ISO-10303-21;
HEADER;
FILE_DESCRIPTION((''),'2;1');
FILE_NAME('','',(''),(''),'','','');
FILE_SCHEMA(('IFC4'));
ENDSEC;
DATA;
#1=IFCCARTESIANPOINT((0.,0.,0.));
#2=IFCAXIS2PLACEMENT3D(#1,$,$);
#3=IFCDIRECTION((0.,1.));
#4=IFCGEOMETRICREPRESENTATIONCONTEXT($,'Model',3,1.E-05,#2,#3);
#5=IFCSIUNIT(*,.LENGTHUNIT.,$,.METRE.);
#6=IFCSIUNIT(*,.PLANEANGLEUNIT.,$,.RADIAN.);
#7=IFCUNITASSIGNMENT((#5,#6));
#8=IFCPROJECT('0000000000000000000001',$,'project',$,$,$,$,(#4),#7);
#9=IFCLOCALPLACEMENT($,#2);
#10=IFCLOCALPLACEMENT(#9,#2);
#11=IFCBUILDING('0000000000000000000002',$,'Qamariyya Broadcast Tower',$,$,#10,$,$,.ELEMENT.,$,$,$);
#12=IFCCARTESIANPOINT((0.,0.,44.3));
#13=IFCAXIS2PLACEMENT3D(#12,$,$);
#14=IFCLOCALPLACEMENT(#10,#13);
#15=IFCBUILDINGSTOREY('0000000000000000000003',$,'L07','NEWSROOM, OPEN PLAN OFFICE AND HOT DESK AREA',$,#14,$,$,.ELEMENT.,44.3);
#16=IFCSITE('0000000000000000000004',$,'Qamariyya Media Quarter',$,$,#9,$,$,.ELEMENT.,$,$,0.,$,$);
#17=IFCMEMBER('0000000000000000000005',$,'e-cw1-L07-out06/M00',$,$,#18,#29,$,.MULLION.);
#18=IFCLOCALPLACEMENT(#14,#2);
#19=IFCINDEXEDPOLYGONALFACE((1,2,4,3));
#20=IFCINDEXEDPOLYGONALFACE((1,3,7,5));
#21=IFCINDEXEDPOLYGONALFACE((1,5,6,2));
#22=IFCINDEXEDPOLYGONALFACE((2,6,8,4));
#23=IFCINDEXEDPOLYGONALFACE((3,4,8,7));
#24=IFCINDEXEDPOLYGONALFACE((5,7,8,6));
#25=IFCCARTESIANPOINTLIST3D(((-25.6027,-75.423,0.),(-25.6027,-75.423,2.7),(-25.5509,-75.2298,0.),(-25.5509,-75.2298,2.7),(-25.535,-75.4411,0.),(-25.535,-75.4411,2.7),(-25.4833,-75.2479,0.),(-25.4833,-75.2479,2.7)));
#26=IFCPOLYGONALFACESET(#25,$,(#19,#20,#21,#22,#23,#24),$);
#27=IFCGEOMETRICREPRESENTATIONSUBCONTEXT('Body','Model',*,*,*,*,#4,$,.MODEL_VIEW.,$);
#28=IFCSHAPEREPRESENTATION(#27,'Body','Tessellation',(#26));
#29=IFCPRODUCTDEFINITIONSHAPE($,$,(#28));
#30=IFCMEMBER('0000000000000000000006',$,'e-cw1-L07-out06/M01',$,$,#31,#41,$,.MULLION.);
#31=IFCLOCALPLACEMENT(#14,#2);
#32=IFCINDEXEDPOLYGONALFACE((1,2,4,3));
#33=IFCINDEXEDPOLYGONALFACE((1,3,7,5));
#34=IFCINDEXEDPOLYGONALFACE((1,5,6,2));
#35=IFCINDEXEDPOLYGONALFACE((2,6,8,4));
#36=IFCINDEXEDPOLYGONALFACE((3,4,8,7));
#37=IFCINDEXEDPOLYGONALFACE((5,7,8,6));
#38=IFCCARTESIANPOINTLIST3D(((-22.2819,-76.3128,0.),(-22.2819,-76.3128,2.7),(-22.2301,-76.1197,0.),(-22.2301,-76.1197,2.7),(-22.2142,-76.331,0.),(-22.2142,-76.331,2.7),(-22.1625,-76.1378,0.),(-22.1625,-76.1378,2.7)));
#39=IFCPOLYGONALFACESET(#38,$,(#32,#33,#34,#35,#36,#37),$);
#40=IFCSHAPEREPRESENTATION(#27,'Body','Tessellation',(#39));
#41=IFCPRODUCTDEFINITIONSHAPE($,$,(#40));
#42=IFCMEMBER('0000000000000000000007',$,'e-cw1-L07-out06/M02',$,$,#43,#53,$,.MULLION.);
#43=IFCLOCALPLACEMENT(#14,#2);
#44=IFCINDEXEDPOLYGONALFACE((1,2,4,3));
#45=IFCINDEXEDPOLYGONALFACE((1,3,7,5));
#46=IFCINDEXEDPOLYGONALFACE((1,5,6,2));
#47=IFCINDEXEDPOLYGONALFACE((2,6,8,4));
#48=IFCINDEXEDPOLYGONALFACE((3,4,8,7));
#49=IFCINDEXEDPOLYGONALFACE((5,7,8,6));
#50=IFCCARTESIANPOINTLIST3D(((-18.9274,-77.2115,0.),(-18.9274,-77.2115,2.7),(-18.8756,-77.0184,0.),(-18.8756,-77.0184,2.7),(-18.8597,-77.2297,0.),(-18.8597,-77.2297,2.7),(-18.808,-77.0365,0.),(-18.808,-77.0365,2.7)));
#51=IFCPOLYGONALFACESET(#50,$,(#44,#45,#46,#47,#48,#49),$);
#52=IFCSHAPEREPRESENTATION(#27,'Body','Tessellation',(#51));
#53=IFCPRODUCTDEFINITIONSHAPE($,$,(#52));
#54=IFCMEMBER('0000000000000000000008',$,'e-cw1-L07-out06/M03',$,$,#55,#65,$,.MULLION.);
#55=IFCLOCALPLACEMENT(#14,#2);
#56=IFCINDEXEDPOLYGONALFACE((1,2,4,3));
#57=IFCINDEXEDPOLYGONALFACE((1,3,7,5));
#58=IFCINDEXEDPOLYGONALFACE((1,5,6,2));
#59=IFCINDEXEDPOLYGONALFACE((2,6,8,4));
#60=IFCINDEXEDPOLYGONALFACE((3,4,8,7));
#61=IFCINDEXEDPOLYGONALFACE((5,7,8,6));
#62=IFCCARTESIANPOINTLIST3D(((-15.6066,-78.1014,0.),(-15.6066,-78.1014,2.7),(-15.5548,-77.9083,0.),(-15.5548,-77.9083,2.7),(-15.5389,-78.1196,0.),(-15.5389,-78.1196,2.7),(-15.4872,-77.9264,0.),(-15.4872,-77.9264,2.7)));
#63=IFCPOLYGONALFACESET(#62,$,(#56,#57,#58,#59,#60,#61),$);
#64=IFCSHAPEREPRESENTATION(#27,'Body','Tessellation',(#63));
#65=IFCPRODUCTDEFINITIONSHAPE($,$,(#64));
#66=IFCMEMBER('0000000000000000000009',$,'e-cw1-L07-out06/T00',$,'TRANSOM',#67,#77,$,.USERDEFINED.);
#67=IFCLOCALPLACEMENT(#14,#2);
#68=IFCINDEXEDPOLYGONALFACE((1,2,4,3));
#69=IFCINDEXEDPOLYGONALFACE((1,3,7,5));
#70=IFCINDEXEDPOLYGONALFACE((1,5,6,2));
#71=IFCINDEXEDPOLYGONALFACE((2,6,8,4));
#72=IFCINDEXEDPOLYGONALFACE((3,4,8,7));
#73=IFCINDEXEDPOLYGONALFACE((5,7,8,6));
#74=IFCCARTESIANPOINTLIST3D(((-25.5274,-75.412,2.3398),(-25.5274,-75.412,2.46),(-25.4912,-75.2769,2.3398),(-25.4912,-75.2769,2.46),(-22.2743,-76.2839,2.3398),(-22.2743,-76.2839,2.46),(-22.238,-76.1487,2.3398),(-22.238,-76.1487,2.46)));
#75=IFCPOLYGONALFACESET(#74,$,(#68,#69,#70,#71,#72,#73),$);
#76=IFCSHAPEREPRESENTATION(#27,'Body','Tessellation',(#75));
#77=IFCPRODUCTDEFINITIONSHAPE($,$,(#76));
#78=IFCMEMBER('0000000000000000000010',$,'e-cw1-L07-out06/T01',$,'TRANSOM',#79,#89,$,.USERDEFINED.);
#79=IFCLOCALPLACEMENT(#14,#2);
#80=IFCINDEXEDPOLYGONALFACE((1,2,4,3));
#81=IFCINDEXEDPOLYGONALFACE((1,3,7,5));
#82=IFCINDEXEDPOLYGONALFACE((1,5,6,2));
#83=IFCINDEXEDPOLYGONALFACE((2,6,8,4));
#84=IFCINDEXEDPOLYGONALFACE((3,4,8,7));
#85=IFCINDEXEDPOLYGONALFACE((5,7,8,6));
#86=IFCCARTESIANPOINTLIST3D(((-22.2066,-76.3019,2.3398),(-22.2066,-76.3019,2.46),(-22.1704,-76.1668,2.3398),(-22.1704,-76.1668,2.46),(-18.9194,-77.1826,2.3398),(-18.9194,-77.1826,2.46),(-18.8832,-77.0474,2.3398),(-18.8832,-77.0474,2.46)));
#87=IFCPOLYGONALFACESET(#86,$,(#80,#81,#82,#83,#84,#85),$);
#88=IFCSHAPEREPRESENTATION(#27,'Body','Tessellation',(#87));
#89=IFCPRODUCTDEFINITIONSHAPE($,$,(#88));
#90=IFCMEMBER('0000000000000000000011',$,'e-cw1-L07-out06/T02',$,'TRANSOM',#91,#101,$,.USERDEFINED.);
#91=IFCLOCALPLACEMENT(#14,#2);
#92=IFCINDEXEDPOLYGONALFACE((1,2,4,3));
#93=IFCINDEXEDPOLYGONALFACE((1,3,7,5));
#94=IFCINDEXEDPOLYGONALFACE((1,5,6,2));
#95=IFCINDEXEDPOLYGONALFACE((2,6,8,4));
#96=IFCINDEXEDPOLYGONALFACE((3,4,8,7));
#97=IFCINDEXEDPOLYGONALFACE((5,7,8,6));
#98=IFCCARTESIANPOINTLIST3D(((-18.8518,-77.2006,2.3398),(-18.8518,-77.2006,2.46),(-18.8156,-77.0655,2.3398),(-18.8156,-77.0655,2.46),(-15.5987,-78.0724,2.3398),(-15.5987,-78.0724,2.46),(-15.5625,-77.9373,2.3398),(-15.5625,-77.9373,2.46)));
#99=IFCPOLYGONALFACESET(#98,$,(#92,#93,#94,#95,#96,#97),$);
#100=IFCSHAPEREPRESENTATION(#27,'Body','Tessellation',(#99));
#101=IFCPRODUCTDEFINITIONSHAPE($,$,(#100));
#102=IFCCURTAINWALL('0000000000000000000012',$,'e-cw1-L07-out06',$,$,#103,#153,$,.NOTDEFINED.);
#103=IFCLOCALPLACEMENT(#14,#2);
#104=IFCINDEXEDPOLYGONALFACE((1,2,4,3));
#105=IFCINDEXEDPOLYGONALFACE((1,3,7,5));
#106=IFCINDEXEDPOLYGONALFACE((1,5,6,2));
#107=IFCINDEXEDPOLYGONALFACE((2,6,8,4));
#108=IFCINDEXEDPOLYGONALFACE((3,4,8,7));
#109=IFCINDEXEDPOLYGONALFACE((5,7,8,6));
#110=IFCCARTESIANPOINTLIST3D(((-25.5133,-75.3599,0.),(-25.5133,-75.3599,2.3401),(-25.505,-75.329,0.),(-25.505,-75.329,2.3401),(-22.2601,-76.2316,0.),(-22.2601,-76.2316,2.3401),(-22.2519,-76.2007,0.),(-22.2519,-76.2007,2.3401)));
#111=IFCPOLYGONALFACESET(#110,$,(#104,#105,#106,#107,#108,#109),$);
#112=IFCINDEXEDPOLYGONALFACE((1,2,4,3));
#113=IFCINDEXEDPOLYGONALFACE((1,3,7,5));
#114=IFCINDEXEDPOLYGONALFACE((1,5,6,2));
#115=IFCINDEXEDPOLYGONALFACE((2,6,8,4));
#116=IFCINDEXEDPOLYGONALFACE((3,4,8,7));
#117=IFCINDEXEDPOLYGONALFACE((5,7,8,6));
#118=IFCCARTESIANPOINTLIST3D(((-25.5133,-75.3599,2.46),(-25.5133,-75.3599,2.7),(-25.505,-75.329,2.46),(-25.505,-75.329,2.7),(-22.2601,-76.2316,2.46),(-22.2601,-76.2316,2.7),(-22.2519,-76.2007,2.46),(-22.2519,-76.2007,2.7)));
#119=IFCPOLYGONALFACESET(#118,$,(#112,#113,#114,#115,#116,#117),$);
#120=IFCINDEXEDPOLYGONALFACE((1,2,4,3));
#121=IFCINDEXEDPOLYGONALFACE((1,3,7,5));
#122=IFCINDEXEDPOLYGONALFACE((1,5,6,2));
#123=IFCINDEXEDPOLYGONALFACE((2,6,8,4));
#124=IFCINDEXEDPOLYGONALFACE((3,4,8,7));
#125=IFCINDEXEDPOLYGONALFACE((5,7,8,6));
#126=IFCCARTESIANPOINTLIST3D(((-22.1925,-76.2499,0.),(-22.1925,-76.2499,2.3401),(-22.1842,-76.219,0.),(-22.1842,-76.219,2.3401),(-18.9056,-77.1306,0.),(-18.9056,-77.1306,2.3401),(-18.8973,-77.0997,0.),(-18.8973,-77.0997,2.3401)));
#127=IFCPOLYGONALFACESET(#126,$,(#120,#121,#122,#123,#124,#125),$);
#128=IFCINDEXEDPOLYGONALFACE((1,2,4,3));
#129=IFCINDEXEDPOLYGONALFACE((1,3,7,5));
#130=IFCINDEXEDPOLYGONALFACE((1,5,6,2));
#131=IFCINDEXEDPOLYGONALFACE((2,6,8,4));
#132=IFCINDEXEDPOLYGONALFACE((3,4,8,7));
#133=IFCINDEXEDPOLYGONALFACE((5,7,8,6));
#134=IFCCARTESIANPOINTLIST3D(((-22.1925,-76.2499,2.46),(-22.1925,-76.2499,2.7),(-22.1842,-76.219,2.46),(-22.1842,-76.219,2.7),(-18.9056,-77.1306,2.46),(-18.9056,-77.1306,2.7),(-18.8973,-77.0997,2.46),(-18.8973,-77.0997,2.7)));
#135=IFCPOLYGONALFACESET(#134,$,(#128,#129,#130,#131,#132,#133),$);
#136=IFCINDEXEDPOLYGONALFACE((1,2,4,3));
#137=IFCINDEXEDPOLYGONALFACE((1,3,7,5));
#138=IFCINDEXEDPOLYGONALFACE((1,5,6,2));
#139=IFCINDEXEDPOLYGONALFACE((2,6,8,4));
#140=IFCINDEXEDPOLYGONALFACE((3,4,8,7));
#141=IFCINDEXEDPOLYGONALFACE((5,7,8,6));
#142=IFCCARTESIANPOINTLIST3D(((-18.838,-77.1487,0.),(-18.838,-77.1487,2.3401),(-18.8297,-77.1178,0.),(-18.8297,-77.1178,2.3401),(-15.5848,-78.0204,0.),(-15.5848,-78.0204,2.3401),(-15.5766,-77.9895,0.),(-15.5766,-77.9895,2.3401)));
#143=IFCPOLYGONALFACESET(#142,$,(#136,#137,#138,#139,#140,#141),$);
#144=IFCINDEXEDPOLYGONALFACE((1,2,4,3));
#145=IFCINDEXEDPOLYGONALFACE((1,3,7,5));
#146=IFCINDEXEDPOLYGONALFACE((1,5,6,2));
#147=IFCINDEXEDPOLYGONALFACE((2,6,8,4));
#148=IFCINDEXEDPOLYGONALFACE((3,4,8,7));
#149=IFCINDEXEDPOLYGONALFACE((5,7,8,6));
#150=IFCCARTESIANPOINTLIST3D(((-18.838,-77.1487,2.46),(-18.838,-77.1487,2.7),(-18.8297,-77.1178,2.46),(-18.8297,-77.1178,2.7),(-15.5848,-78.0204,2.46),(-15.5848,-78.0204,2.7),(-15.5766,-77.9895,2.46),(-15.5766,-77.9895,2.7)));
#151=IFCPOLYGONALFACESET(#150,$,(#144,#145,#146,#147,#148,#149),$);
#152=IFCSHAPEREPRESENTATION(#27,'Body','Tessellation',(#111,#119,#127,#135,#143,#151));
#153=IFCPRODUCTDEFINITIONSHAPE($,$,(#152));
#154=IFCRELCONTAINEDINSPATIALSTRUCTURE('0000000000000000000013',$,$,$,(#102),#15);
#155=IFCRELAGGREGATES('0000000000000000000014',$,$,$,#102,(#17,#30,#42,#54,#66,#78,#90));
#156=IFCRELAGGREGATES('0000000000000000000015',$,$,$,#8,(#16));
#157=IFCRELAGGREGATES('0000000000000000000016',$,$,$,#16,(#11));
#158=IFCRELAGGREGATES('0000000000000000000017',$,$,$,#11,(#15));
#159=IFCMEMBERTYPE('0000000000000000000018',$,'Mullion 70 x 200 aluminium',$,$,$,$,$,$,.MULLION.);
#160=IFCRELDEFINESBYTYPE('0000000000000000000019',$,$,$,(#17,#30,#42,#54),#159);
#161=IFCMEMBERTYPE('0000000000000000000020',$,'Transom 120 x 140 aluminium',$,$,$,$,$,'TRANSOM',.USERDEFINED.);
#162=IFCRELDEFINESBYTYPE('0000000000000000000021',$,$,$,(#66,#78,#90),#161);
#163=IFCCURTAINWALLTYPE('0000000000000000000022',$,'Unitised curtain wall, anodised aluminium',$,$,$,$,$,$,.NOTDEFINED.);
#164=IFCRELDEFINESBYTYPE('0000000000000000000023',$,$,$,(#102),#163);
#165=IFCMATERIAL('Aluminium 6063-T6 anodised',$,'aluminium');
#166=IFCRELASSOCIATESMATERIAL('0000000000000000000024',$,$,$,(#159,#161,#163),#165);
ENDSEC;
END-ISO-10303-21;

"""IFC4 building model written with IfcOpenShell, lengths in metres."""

from ifc_helpers import new_model, si_unit, direction, frame, origin, origin_2d, place, context, subcontext, project, spatial, rectangle, extrude, material, material_profile, profile_set, type_object, element, aggregate, save


model = new_model("IFC4")

# Units and contexts
model_context = context("Model", 3, precision=1e-05, world=origin(), true_north=direction((0.0, 1.0)))
body_context = subcontext(model_context, "Body", "Model", "MODEL_VIEW")
ifc_project = project(units=[si_unit("LENGTHUNIT", "METRE"), si_unit("PLANEANGLEUNIT", "RADIAN")], contexts=[model_context])

# Members
ifc_material = material(Name="Aluminium 6063-T6 anodised", Category="aluminium")
ifc_material_profile_1 = material_profile(ifc_material, rectangle(XDim=0.2, YDim=0.0701, at=origin_2d()))
ifc_profile_set_1 = profile_set([ifc_material_profile_1], Name="Aluminium 6063-T6 anodised")
member_type_1 = type_object("IfcMemberType", Name="Mullion 70 x 200 aluminium", PredefinedType="MULLION", material=ifc_profile_set_1)
site_placement = place(None, origin())
building_placement = place(site_placement, origin())
storey_placement = place(building_placement, frame((0.0, 0.0, 44.3)))
member_1_placement = place(storey_placement, frame((-25.543, -75.3354, 0.0), z_axis=(0.0, 0.0, 1.0), x_axis=(0.258819, 0.965926, 0.0)))
member_1 = element("IfcMember", 1, at=member_1_placement, type_object=member_type_1, Name="e-cw1-L07-out06/M00", PredefinedType="MULLION", context=body_context, shape_type="SweptSolid", body=[
    extrude(rectangle(XDim=0.2, YDim=0.0701, at=origin_2d()), origin(), (0.0, 0.0, 1.0), 2.7),
])
member_2_placement = place(storey_placement, frame((-22.2222, -76.2253, 0.0), z_axis=(0.0, 0.0, 1.0), x_axis=(0.258819, 0.965926, 0.0)))
member_2 = element("IfcMember", 2, at=member_2_placement, type_object=member_type_1, Name="e-cw1-L07-out06/M01", PredefinedType="MULLION", context=body_context, shape_type="SweptSolid", body=[
    extrude(rectangle(XDim=0.2, YDim=0.0701, at=origin_2d()), origin(), (0.0, 0.0, 1.0), 2.7),
])
member_3_placement = place(storey_placement, frame((-18.8677, -77.124, 0.0), z_axis=(0.0, 0.0, 1.0), x_axis=(0.258819, 0.965926, 0.0)))
member_3 = element("IfcMember", 3, at=member_3_placement, type_object=member_type_1, Name="e-cw1-L07-out06/M02", PredefinedType="MULLION", context=body_context, shape_type="SweptSolid", body=[
    extrude(rectangle(XDim=0.2, YDim=0.0701, at=origin_2d()), origin(), (0.0, 0.0, 1.0), 2.7),
])
member_4_placement = place(storey_placement, frame((-15.5469, -78.0139, 0.0), z_axis=(0.0, 0.0, 1.0), x_axis=(0.258819, 0.965926, 0.0)))
member_4 = element("IfcMember", 4, at=member_4_placement, type_object=member_type_1, Name="e-cw1-L07-out06/M03", PredefinedType="MULLION", context=body_context, shape_type="SweptSolid", body=[
    extrude(rectangle(XDim=0.2, YDim=0.0701, at=origin_2d()), origin(), (0.0, 0.0, 1.0), 2.7),
])
ifc_material_profile_2 = material_profile(ifc_material, rectangle(XDim=0.1399, YDim=0.1201, at=origin_2d()))
ifc_profile_set_2 = profile_set([ifc_material_profile_2], Name="Aluminium 6063-T6 anodised")
member_type_2 = type_object("IfcMemberType", Name="Transom 120 x 140 aluminium", ElementType="TRANSOM", PredefinedType="USERDEFINED", material=ifc_profile_set_2)
member_5_placement = place(storey_placement, frame((-25.5093, -75.3445, 2.3999), z_axis=(0.965915, -0.258858, 0.0), x_axis=(0.258858, 0.965915, 0.0)))
member_5 = element("IfcMember", 5, at=member_5_placement, type_object=member_type_2, Name="e-cw1-L07-out06/T00", ObjectType="TRANSOM", PredefinedType="USERDEFINED", context=body_context, shape_type="SweptSolid", body=[
    extrude(rectangle(XDim=0.1399, YDim=0.1201, at=origin_2d()), origin(), (0.0, 0.0, 1.0), 3.3679),
])
member_6_placement = place(storey_placement, frame((-22.1885, -76.2344, 2.3999), z_axis=(0.965938, -0.258774, 0.0), x_axis=(0.258774, 0.965938, 0.0)))
member_6 = element("IfcMember", 6, at=member_6_placement, type_object=member_type_2, Name="e-cw1-L07-out06/T01", ObjectType="TRANSOM", PredefinedType="USERDEFINED", context=body_context, shape_type="SweptSolid", body=[
    extrude(rectangle(XDim=0.1399, YDim=0.1201, at=origin_2d()), origin(), (0.0, 0.0, 1.0), 3.4031),
])
member_7_placement = place(storey_placement, frame((-18.8337, -77.1331, 2.3999), z_axis=(0.965915, -0.258858, 0.0), x_axis=(0.258858, 0.965915, 0.0)))
member_7 = element("IfcMember", 7, at=member_7_placement, type_object=member_type_2, Name="e-cw1-L07-out06/T02", ObjectType="TRANSOM", PredefinedType="USERDEFINED", context=body_context, shape_type="SweptSolid", body=[
    extrude(rectangle(XDim=0.1399, YDim=0.1201, at=origin_2d()), origin(), (0.0, 0.0, 1.0), 3.3679),
])

# Site, building, storey
site = spatial("IfcSite", under=ifc_project, at=site_placement, Name="Qamariyya Media Quarter", CompositionType="ELEMENT", RefElevation=0.0)
building = spatial("IfcBuilding", under=site, at=building_placement, Name="Qamariyya Broadcast Tower", CompositionType="ELEMENT")
storey = spatial("IfcBuildingStorey", under=building, at=storey_placement, Name="L07", Description="NEWSROOM, OPEN PLAN OFFICE AND HOT DESK AREA", CompositionType="ELEMENT", Elevation=44.3)

# Curtain wall
curtain_wall_type = type_object("IfcCurtainWallType", Name="Unitised curtain wall, anodised aluminium", PredefinedType="NOTDEFINED", material=ifc_material)
curtain_wall_1_placement = place(storey_placement, origin())
curtain_wall_1 = element("IfcCurtainWall", 8, at=curtain_wall_1_placement, inside=storey, type_object=curtain_wall_type, Name="e-cw1-L07-out06", PredefinedType="NOTDEFINED", context=body_context, shape_type="SweptSolid", body=[
    extrude(rectangle(XDim=3.3679, YDim=0.032, at=origin_2d()), frame((-23.8826, -75.7803, 0.0), x_axis=(0.965925, -0.258822, 0.0)), (0.0, 0.0, 1.0), 2.3401),
    extrude(rectangle(XDim=3.3679, YDim=0.032, at=origin_2d()), frame((-23.8826, -75.7803, 2.46), x_axis=(0.965925, -0.258822, 0.0)), (0.0, 0.0, 1.0), 0.24),
    extrude(rectangle(XDim=3.4028, YDim=0.032, at=origin_2d()), frame((-20.5449, -76.6748, 0.0), x_axis=(0.965925, -0.258822, 0.0)), (0.0, 0.0, 1.0), 2.3401),
    extrude(rectangle(XDim=3.4028, YDim=0.032, at=origin_2d()), frame((-20.5449, -76.6748, 2.46), x_axis=(0.965925, -0.258822, 0.0)), (0.0, 0.0, 1.0), 0.24),
    extrude(rectangle(XDim=3.3679, YDim=0.032, at=origin_2d()), frame((-17.2073, -77.5691, 0.0), x_axis=(0.965925, -0.258822, 0.0)), (0.0, 0.0, 1.0), 2.3401),
    extrude(rectangle(XDim=3.3679, YDim=0.032, at=origin_2d()), frame((-17.2073, -77.5691, 2.46), x_axis=(0.965925, -0.258822, 0.0)), (0.0, 0.0, 1.0), 0.24),
])
aggregate(curtain_wall_1, [member_1, member_2, member_3, member_4, member_5, member_6, member_7])

save(model, "model.ifc")
